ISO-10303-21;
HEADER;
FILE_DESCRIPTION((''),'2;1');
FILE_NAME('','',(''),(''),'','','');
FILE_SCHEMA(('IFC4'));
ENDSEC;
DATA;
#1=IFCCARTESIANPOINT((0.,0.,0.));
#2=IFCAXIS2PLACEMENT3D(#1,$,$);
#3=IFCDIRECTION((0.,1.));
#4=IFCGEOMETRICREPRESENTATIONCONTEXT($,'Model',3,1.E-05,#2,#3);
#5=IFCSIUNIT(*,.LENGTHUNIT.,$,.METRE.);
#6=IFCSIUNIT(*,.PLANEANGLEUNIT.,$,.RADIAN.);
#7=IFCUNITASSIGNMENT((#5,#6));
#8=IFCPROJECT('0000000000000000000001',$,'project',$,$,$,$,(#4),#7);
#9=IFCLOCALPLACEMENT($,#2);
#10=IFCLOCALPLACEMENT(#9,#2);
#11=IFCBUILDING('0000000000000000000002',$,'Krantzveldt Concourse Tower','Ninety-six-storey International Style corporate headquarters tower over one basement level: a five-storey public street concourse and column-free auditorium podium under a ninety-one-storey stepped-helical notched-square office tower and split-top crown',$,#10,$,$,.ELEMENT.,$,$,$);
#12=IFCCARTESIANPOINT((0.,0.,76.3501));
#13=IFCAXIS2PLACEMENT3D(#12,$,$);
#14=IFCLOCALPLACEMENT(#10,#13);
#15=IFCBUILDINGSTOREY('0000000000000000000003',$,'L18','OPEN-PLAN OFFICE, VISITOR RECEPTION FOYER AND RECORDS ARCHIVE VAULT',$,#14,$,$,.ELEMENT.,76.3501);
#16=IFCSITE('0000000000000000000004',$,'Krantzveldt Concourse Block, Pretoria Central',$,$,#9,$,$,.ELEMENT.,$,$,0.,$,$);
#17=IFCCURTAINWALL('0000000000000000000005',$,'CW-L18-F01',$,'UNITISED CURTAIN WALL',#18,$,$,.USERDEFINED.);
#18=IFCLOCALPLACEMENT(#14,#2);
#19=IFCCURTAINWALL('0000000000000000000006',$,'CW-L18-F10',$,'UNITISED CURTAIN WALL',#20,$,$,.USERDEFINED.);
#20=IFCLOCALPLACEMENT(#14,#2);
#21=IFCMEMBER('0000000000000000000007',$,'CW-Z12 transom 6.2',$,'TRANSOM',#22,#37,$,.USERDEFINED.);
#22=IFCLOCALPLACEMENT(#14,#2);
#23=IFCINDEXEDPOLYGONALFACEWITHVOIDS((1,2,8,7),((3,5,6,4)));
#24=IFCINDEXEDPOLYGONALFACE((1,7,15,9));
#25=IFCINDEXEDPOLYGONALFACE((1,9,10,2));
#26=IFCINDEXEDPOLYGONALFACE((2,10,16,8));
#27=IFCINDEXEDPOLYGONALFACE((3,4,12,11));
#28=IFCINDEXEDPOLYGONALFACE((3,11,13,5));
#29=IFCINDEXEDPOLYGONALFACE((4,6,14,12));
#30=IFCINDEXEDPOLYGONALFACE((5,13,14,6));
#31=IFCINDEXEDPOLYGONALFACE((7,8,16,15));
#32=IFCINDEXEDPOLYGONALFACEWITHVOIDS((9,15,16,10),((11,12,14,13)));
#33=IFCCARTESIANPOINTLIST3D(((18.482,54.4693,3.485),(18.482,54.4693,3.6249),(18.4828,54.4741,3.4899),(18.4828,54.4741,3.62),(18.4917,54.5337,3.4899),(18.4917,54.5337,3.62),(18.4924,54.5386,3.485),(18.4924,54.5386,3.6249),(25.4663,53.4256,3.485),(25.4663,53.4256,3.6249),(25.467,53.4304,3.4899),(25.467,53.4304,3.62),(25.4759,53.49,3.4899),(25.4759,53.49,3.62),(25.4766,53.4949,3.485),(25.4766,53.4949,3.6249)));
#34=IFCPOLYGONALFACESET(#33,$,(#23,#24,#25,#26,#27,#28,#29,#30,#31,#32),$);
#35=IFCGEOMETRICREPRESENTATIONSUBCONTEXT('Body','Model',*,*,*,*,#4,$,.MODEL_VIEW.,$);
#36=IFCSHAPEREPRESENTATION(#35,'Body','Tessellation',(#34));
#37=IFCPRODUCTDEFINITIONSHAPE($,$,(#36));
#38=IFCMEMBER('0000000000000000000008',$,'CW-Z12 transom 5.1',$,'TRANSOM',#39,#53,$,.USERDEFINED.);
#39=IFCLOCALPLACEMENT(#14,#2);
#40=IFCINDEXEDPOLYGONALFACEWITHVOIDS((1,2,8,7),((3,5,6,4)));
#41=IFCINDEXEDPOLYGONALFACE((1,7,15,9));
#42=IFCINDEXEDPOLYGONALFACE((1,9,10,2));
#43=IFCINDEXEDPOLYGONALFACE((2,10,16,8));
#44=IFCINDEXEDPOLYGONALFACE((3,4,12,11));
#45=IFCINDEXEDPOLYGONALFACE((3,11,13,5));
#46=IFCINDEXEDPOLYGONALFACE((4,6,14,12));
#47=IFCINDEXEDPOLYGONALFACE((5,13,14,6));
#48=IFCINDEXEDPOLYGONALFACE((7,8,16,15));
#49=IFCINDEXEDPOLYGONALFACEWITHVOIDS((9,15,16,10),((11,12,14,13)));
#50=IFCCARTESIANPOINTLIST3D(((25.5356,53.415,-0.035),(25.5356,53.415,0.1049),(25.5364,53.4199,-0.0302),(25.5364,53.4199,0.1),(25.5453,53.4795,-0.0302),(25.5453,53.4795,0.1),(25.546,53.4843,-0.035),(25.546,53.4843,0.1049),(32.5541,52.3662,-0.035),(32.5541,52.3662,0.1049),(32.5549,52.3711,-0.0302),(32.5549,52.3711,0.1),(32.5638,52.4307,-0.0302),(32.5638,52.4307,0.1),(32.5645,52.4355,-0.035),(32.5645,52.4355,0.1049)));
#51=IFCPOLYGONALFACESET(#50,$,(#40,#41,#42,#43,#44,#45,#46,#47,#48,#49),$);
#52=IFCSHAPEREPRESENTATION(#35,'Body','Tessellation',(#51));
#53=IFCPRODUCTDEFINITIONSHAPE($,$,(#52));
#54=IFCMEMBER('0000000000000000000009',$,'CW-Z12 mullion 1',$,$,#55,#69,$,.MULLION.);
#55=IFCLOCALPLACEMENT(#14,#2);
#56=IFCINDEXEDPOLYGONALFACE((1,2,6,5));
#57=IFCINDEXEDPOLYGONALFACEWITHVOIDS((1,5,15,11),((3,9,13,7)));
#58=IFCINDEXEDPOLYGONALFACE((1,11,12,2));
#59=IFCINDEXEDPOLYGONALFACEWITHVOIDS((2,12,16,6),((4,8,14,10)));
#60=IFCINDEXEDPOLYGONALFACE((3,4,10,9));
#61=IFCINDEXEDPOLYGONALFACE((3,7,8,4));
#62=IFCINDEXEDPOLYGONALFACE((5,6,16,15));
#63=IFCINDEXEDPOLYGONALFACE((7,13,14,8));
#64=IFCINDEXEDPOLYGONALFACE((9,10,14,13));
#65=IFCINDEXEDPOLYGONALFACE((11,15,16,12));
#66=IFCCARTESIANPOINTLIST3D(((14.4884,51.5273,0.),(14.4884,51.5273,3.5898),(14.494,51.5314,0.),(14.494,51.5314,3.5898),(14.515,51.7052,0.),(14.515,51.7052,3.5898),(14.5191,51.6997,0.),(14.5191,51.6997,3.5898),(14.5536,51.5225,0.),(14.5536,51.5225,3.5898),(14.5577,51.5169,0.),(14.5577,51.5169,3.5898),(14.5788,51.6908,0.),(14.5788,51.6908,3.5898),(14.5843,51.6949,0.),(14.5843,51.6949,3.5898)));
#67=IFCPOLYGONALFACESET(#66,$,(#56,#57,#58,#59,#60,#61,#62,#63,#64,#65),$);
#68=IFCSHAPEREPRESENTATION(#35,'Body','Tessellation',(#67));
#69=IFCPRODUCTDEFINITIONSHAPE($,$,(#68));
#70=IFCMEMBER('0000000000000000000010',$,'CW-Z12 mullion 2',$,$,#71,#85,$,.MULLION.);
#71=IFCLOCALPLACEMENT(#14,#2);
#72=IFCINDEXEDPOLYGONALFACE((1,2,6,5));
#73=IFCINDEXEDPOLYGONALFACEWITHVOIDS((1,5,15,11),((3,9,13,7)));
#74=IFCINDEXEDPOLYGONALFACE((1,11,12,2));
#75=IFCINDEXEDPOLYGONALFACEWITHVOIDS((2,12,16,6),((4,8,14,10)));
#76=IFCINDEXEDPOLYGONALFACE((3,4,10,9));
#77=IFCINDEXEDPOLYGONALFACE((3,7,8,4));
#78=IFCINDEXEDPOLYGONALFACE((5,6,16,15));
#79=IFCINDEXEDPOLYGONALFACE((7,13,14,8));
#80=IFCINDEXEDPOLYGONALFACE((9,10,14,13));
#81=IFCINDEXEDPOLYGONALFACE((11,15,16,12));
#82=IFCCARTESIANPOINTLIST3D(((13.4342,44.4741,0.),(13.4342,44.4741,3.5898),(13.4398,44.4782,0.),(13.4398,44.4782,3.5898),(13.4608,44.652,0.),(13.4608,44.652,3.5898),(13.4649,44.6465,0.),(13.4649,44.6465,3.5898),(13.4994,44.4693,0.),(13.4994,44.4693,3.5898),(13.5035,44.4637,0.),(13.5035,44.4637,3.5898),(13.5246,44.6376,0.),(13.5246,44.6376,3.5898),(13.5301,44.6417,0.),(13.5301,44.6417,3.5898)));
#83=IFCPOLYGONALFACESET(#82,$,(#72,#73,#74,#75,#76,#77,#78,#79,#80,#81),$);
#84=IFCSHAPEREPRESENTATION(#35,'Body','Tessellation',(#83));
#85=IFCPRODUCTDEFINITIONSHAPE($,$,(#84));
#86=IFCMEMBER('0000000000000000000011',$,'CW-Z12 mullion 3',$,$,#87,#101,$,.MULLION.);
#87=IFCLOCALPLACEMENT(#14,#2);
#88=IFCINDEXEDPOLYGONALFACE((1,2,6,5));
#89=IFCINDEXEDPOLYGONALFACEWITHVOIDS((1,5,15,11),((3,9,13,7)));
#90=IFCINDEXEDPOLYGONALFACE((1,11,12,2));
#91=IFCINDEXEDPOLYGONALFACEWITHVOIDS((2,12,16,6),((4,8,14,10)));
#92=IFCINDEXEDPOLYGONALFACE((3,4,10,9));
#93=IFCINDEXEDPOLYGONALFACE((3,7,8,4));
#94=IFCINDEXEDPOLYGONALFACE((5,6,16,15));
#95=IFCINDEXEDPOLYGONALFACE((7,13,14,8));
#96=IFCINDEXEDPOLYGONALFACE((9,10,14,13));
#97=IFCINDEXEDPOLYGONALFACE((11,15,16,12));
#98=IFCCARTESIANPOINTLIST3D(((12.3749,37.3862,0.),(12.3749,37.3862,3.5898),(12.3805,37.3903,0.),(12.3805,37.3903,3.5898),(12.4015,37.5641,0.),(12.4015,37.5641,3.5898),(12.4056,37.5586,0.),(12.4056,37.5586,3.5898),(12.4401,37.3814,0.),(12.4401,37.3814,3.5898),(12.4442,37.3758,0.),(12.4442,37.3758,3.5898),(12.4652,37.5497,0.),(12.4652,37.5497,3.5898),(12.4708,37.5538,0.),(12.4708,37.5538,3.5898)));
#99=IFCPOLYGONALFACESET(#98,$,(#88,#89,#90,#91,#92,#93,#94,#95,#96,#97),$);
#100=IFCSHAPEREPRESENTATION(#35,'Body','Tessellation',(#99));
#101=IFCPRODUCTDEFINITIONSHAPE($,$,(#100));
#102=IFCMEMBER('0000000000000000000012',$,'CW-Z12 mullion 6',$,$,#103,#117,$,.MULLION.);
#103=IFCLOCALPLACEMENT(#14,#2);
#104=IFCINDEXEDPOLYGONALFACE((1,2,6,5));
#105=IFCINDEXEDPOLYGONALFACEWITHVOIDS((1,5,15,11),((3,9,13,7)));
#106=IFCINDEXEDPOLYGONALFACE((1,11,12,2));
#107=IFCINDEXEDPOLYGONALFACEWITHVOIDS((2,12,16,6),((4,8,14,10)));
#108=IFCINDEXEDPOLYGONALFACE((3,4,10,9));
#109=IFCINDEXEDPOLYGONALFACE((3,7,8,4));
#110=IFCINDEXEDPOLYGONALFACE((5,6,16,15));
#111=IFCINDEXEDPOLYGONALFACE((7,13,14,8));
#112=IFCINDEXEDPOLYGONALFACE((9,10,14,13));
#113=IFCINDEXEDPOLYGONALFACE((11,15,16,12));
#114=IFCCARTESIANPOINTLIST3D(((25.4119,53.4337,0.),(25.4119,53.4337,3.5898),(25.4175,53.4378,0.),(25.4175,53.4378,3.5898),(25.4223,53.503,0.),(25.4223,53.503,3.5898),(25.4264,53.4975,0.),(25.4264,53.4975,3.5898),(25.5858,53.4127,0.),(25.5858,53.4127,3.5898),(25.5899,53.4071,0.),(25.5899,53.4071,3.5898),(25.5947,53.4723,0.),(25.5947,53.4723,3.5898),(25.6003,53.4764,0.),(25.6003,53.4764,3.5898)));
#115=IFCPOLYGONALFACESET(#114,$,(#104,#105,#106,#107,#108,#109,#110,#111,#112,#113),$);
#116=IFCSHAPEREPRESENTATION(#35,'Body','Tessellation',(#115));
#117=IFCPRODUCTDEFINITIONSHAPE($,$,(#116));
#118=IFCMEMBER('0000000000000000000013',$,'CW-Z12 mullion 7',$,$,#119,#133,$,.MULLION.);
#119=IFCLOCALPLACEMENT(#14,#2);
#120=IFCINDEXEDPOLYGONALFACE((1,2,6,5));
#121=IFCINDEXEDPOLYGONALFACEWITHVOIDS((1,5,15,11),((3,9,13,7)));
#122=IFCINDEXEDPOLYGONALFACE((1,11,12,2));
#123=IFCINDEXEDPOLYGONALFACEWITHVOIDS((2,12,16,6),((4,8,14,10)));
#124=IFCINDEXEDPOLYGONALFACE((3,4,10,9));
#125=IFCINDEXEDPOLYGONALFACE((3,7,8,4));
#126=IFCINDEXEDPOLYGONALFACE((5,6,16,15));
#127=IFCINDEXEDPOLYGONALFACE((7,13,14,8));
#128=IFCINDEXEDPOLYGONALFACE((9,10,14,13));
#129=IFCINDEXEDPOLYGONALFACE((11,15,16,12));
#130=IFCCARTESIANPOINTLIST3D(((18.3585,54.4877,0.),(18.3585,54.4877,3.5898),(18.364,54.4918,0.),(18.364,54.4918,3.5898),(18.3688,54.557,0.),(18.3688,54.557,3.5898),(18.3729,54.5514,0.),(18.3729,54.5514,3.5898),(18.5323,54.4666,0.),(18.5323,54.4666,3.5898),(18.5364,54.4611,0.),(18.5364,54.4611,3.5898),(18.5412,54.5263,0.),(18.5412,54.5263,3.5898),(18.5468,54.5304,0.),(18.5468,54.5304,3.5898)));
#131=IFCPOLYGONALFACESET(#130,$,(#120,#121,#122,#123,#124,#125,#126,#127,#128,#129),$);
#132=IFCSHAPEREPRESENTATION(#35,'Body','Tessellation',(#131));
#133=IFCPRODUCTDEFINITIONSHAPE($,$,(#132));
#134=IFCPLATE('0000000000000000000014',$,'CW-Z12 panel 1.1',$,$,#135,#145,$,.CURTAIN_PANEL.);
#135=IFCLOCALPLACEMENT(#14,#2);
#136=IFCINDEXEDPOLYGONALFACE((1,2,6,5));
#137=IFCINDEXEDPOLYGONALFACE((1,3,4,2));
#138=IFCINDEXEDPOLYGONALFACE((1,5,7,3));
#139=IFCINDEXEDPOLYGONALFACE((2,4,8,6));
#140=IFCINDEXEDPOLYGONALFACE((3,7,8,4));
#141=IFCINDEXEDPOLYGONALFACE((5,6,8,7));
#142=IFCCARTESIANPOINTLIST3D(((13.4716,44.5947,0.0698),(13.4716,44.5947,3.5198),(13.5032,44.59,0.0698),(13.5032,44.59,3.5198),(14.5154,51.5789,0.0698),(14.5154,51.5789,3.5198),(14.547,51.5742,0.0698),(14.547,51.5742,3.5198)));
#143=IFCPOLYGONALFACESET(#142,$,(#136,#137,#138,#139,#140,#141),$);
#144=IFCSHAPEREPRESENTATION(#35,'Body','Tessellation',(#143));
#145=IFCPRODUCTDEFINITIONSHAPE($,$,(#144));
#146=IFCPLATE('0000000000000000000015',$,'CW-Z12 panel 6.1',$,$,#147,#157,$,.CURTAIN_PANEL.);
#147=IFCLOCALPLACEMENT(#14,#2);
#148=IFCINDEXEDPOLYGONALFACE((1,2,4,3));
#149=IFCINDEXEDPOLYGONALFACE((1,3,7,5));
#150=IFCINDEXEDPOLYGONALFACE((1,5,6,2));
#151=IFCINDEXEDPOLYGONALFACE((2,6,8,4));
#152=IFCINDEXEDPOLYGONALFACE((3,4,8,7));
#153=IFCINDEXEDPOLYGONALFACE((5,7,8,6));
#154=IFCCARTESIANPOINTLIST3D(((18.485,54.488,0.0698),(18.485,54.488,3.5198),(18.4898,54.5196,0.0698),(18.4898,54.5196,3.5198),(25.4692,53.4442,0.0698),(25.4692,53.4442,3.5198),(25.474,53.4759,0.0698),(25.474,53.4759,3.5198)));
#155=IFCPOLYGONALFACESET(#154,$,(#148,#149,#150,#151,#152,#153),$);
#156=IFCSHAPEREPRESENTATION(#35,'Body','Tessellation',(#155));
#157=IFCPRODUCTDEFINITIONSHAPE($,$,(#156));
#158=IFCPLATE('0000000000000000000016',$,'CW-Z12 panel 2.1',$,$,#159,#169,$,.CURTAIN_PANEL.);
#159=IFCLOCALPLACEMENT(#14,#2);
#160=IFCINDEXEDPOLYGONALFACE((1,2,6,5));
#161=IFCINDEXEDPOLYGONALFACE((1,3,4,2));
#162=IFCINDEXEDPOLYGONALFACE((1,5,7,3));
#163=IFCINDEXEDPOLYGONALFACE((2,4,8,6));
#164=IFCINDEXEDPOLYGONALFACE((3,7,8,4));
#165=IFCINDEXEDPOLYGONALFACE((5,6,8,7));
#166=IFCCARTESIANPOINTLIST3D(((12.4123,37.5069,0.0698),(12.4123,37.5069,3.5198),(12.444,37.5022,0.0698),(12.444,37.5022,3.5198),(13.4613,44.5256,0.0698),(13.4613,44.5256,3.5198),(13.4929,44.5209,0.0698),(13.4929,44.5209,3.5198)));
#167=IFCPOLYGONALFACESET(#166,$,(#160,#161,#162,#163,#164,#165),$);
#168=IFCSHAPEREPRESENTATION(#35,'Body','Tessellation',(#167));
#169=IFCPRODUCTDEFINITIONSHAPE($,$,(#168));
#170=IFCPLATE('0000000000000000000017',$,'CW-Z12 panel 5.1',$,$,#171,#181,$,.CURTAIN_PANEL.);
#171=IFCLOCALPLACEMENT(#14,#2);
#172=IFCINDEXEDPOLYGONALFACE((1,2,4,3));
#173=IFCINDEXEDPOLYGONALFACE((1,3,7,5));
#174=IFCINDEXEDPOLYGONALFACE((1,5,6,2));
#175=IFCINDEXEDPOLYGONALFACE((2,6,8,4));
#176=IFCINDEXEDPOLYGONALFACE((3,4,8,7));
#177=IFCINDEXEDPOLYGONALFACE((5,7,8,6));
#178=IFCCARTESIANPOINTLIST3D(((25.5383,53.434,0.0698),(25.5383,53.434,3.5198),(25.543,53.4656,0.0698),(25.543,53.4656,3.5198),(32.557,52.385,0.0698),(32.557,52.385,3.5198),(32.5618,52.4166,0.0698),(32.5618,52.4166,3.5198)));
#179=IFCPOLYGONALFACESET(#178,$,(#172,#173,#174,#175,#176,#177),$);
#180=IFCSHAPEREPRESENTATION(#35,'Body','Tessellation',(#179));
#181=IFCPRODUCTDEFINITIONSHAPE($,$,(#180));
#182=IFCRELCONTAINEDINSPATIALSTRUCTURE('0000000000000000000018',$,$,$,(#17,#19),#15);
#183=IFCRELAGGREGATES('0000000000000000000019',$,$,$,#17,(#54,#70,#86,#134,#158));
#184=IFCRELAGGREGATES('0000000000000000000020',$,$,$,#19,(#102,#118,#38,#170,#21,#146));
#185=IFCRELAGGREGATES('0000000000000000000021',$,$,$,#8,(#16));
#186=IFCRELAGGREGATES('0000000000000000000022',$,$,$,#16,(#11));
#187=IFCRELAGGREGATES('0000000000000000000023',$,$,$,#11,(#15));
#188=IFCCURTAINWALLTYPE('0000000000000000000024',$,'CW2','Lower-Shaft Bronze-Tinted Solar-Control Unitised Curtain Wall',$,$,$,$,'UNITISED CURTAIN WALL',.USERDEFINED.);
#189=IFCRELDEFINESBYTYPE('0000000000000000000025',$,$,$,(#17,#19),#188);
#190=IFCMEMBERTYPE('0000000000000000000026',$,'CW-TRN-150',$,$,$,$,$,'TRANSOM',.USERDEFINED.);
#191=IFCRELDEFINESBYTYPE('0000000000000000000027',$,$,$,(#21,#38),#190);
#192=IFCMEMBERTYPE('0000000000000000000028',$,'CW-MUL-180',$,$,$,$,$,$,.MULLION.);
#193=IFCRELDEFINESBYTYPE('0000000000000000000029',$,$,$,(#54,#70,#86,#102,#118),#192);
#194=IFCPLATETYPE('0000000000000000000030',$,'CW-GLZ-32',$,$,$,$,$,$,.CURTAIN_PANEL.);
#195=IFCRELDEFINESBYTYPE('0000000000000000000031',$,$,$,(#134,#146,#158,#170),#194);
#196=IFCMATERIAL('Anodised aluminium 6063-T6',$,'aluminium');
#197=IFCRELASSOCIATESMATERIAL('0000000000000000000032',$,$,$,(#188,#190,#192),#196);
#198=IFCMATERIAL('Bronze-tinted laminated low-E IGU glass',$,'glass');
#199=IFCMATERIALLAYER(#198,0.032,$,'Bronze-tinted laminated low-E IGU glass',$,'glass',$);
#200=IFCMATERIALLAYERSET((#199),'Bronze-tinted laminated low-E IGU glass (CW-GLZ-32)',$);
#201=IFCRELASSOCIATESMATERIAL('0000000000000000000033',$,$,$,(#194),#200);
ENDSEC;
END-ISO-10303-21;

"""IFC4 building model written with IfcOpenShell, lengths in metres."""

from ifc_helpers import new_model, si_unit, direction, frame, origin, origin_2d, place, context, subcontext, project, spatial, rectangle, hollow_rectangle, extrude, source, transform, mapped, material, layer, layer_set, material_profile, profile_set, type_object, type_shapes, element, aggregate, save


model = new_model("IFC4")

# Units and contexts
model_context = context("Model", 3, precision=1e-05, world=origin(), true_north=direction((0.0, 1.0)))
body_context = subcontext(model_context, "Body", "Model", "MODEL_VIEW")
ifc_project = project(units=[si_unit("LENGTHUNIT", "METRE"), si_unit("PLANEANGLEUNIT", "RADIAN")], contexts=[model_context])

# Site, building, storey
site_placement = place(None, origin())
site = spatial("IfcSite", under=ifc_project, at=site_placement, Name="Krantzveldt Concourse Block, Pretoria Central", CompositionType="ELEMENT", RefElevation=0.0)
building_placement = place(site_placement, origin())
building = spatial("IfcBuilding", under=site, at=building_placement, Name="Krantzveldt Concourse Tower", Description="Ninety-six-storey International Style corporate headquarters tower over one basement level: a five-storey public street concourse and column-free auditorium podium under a ninety-one-storey stepped-helical notched-square office tower and split-top crown", CompositionType="ELEMENT")
storey_placement = place(building_placement, frame((0.0, 0.0, 76.3501)))
storey = spatial("IfcBuildingStorey", under=building, at=storey_placement, Name="L18", Description="OPEN-PLAN OFFICE, VISITOR RECEPTION FOYER AND RECORDS ARCHIVE VAULT", CompositionType="ELEMENT", Elevation=76.3501)

# Curtain walls, members
ifc_material_1 = material(Name="Anodised aluminium 6063-T6", Category="aluminium")
curtain_wall_type = type_object("IfcCurtainWallType", Name="CW2", Description="Lower-Shaft Bronze-Tinted Solar-Control Unitised Curtain Wall", ElementType="UNITISED CURTAIN WALL", PredefinedType="USERDEFINED", material=ifc_material_1)
curtain_wall_1_placement = place(storey_placement, origin())
curtain_wall_1 = element("IfcCurtainWall", 1, at=curtain_wall_1_placement, inside=storey, type_object=curtain_wall_type, Name="CW-L18-F01", ObjectType="UNITISED CURTAIN WALL", PredefinedType="USERDEFINED")
ifc_material_profile_1 = material_profile(ifc_material_1, hollow_rectangle(XDim=0.0701, YDim=0.1399, WallThickness=0.0049, at=origin_2d()), Name="Anodised aluminium 6063-T6", Category="aluminium")
ifc_profile_set_1 = profile_set([ifc_material_profile_1], Name="Anodised aluminium 6063-T6 - ALU-TRAN 140x70x5")
member_type_1 = type_object("IfcMemberType", Name="CW-TRN-150", ElementType="TRANSOM", PredefinedType="USERDEFINED", material=ifc_profile_set_1)
shared_shape_1 = source(origin(), body_context, "Body", "SweptSolid", [
    extrude(hollow_rectangle(XDim=0.0701, YDim=0.1399, WallThickness=0.0049, at=origin_2d()), origin(), (0.0, 0.0, 1.0), 7.0618),
])
curtain_wall_2_placement = place(storey_placement, origin())
curtain_wall_2 = element("IfcCurtainWall", 2, at=curtain_wall_2_placement, inside=storey, type_object=curtain_wall_type, Name="CW-L18-F10", ObjectType="UNITISED CURTAIN WALL", PredefinedType="USERDEFINED")
member_1_placement = place(storey_placement, frame((25.4714, 53.4602, 3.5549), z_axis=(-0.989018, 0.147798, 0.0), x_axis=(-0.147798, -0.989018, 0.0)))
member_1 = element("IfcMember", 3, at=member_1_placement, type_object=member_type_1, Name="CW-Z12 transom 6.2", ObjectType="TRANSOM", PredefinedType="USERDEFINED", context=body_context, shape_type="MappedRepresentation", body=[
    mapped(shared_shape_1, transform((0.0, 0.0, 0.0), x_axis=(1.0, 0.0, 0.0), y_axis=(0.0, 1.0, 0.0), z_axis=(0.0, 0.0, 1.0), scale=1.0)),
])
shared_shape_2 = source(origin(), body_context, "Body", "SweptSolid", [
    extrude(hollow_rectangle(XDim=0.0701, YDim=0.1399, WallThickness=0.0049, at=origin_2d()), origin(), (0.0, 0.0, 1.0), 7.0964),
])
member_2_placement = place(storey_placement, frame((32.5593, 52.4009, 0.0349), z_axis=(-0.989018, 0.147795, 0.0), x_axis=(-0.147795, -0.989018, 0.0)))
member_2 = element("IfcMember", 4, at=member_2_placement, type_object=member_type_1, Name="CW-Z12 transom 5.1", ObjectType="TRANSOM", PredefinedType="USERDEFINED", context=body_context, shape_type="MappedRepresentation", body=[
    mapped(shared_shape_2, transform((0.0, 0.0, 0.0), x_axis=(1.0, 0.0, 0.0), y_axis=(0.0, 1.0, 0.0), z_axis=(0.0, 0.0, 1.0), scale=1.0)),
])

# Members
ifc_material_profile_2 = material_profile(ifc_material_1, hollow_rectangle(XDim=0.0701, YDim=0.1799, WallThickness=0.0049, at=origin_2d()), Name="Anodised aluminium 6063-T6", Category="aluminium")
ifc_profile_set_2 = profile_set([ifc_material_profile_2], Name="Anodised aluminium 6063-T6 - ALU-MULL 180x70x5")
member_type_2 = type_object("IfcMemberType", Name="CW-MUL-180", PredefinedType="MULLION", material=ifc_profile_set_2)
shared_shape_3 = source(origin(), body_context, "Body", "SweptSolid", [
    extrude(hollow_rectangle(XDim=0.0701, YDim=0.1799, WallThickness=0.0049, at=origin_2d()), origin(), (0.0, 0.0, 1.0), 3.5898),
])
type_shapes(member_type_2, [shared_shape_3])
member_3_placement = place(storey_placement, frame((14.5364, 51.6111, 0.0), z_axis=(0.0, 0.0, 1.0), x_axis=(0.989016, -0.14781, 0.0)))
member_3 = element("IfcMember", 5, at=member_3_placement, type_object=member_type_2, Name="CW-Z12 mullion 1", PredefinedType="MULLION", context=body_context, shape_type="MappedRepresentation", body=[
    mapped(shared_shape_3, transform((0.0, 0.0, 0.0), x_axis=(1.0, 0.0, 0.0), y_axis=(0.0, 1.0, 0.0), z_axis=(0.0, 0.0, 1.0), scale=1.0)),
])
member_4_placement = place(storey_placement, frame((13.4822, 44.5579, 0.0), z_axis=(0.0, 0.0, 1.0), x_axis=(0.989016, -0.14781, 0.0)))
member_4 = element("IfcMember", 6, at=member_4_placement, type_object=member_type_2, Name="CW-Z12 mullion 2", PredefinedType="MULLION", context=body_context, shape_type="MappedRepresentation", body=[
    mapped(shared_shape_3, transform((0.0, 0.0, 0.0), x_axis=(1.0, 0.0, 0.0), y_axis=(0.0, 1.0, 0.0), z_axis=(0.0, 0.0, 1.0), scale=1.0)),
])
member_5_placement = place(storey_placement, frame((12.4229, 37.47, 0.0), z_axis=(0.0, 0.0, 1.0), x_axis=(0.989016, -0.14781, 0.0)))
member_5 = element("IfcMember", 7, at=member_5_placement, type_object=member_type_2, Name="CW-Z12 mullion 3", PredefinedType="MULLION", context=body_context, shape_type="MappedRepresentation", body=[
    mapped(shared_shape_3, transform((0.0, 0.0, 0.0), x_axis=(1.0, 0.0, 0.0), y_axis=(0.0, 1.0, 0.0), z_axis=(0.0, 0.0, 1.0), scale=1.0)),
])
member_6_placement = place(storey_placement, frame((25.5061, 53.4551, 0.0), z_axis=(0.0, 0.0, 1.0), x_axis=(-0.14781, -0.989016, 0.0)))
member_6 = element("IfcMember", 8, at=member_6_placement, type_object=member_type_2, Name="CW-Z12 mullion 6", PredefinedType="MULLION", context=body_context, shape_type="MappedRepresentation", body=[
    mapped(shared_shape_3, transform((0.0, 0.0, 0.0), x_axis=(1.0, 0.0, 0.0), y_axis=(0.0, 1.0, 0.0), z_axis=(0.0, 0.0, 1.0), scale=1.0)),
])
member_7_placement = place(storey_placement, frame((18.4526, 54.509, 0.0), z_axis=(0.0, 0.0, 1.0), x_axis=(-0.14781, -0.989016, 0.0)))
member_7 = element("IfcMember", 9, at=member_7_placement, type_object=member_type_2, Name="CW-Z12 mullion 7", PredefinedType="MULLION", context=body_context, shape_type="MappedRepresentation", body=[
    mapped(shared_shape_3, transform((0.0, 0.0, 0.0), x_axis=(1.0, 0.0, 0.0), y_axis=(0.0, 1.0, 0.0), z_axis=(0.0, 0.0, 1.0), scale=1.0)),
])

# Plates
ifc_material_2 = material(Name="Bronze-tinted laminated low-E IGU glass", Category="glass")
ifc_layer_1 = layer(ifc_material_2, 0.032, Name="Bronze-tinted laminated low-E IGU glass", Category="glass")
ifc_layer_set_1 = layer_set([ifc_layer_1], Name="Bronze-tinted laminated low-E IGU glass (CW-GLZ-32)")
plate_type = type_object("IfcPlateType", Name="CW-GLZ-32", PredefinedType="CURTAIN_PANEL", material=ifc_layer_set_1)
shared_shape_4 = source(origin(), body_context, "Body", "SweptSolid", [
    extrude(rectangle(XDim=7.0618, YDim=0.032, at=origin_2d()), origin(), (0.0, 0.0, 1.0), 3.45),
])
plate_1_placement = place(storey_placement, frame((14.0093, 48.0845, 0.0698), z_axis=(0.0, 0.0, 1.0), x_axis=(-0.14781, -0.989016, 0.0)))
plate_1 = element("IfcPlate", 10, at=plate_1_placement, type_object=plate_type, Name="CW-Z12 panel 1.1", PredefinedType="CURTAIN_PANEL", context=body_context, shape_type="MappedRepresentation", body=[
    mapped(shared_shape_4, transform((0.0, 0.0, 0.0), x_axis=(1.0, 0.0, 0.0), y_axis=(0.0, 1.0, 0.0), z_axis=(0.0, 0.0, 1.0), scale=1.0)),
])
plate_2_placement = place(storey_placement, frame((21.9795, 53.9819, 0.0698), z_axis=(0.0, 0.0, 1.0), x_axis=(-0.989016, 0.14781, 0.0)))
plate_2 = element("IfcPlate", 11, at=plate_2_placement, type_object=plate_type, Name="CW-Z12 panel 6.1", PredefinedType="CURTAIN_PANEL", context=body_context, shape_type="MappedRepresentation", body=[
    mapped(shared_shape_4, transform((0.0, 0.0, 0.0), x_axis=(1.0, 0.0, 0.0), y_axis=(0.0, 1.0, 0.0), z_axis=(0.0, 0.0, 1.0), scale=1.0)),
])
shared_shape_5 = source(origin(), body_context, "Body", "SweptSolid", [
    extrude(rectangle(XDim=7.0967, YDim=0.032, at=origin_2d()), origin(), (0.0, 0.0, 1.0), 3.45),
])
type_shapes(plate_type, [shared_shape_4, shared_shape_5])
plate_3_placement = place(storey_placement, frame((12.9526, 41.0139, 0.0698), z_axis=(0.0, 0.0, 1.0), x_axis=(-0.14781, -0.989016, 0.0)))
plate_3 = element("IfcPlate", 12, at=plate_3_placement, type_object=plate_type, Name="CW-Z12 panel 2.1", PredefinedType="CURTAIN_PANEL", context=body_context, shape_type="MappedRepresentation", body=[
    mapped(shared_shape_5, transform((0.0, 0.0, 0.0), x_axis=(1.0, 0.0, 0.0), y_axis=(0.0, 1.0, 0.0), z_axis=(0.0, 0.0, 1.0), scale=1.0)),
])
aggregate(curtain_wall_1, [member_3, member_4, member_5, plate_1, plate_3])
plate_4_placement = place(storey_placement, frame((29.05, 52.9253, 0.0698), z_axis=(0.0, 0.0, 1.0), x_axis=(-0.989016, 0.14781, 0.0)))
plate_4 = element("IfcPlate", 13, at=plate_4_placement, type_object=plate_type, Name="CW-Z12 panel 5.1", PredefinedType="CURTAIN_PANEL", context=body_context, shape_type="MappedRepresentation", body=[
    mapped(shared_shape_5, transform((0.0, 0.0, 0.0), x_axis=(1.0, 0.0, 0.0), y_axis=(0.0, 1.0, 0.0), z_axis=(0.0, 0.0, 1.0), scale=1.0)),
])
aggregate(curtain_wall_2, [member_6, member_7, member_2, plate_4, member_1, plate_2])

save(model, "model.ifc")
